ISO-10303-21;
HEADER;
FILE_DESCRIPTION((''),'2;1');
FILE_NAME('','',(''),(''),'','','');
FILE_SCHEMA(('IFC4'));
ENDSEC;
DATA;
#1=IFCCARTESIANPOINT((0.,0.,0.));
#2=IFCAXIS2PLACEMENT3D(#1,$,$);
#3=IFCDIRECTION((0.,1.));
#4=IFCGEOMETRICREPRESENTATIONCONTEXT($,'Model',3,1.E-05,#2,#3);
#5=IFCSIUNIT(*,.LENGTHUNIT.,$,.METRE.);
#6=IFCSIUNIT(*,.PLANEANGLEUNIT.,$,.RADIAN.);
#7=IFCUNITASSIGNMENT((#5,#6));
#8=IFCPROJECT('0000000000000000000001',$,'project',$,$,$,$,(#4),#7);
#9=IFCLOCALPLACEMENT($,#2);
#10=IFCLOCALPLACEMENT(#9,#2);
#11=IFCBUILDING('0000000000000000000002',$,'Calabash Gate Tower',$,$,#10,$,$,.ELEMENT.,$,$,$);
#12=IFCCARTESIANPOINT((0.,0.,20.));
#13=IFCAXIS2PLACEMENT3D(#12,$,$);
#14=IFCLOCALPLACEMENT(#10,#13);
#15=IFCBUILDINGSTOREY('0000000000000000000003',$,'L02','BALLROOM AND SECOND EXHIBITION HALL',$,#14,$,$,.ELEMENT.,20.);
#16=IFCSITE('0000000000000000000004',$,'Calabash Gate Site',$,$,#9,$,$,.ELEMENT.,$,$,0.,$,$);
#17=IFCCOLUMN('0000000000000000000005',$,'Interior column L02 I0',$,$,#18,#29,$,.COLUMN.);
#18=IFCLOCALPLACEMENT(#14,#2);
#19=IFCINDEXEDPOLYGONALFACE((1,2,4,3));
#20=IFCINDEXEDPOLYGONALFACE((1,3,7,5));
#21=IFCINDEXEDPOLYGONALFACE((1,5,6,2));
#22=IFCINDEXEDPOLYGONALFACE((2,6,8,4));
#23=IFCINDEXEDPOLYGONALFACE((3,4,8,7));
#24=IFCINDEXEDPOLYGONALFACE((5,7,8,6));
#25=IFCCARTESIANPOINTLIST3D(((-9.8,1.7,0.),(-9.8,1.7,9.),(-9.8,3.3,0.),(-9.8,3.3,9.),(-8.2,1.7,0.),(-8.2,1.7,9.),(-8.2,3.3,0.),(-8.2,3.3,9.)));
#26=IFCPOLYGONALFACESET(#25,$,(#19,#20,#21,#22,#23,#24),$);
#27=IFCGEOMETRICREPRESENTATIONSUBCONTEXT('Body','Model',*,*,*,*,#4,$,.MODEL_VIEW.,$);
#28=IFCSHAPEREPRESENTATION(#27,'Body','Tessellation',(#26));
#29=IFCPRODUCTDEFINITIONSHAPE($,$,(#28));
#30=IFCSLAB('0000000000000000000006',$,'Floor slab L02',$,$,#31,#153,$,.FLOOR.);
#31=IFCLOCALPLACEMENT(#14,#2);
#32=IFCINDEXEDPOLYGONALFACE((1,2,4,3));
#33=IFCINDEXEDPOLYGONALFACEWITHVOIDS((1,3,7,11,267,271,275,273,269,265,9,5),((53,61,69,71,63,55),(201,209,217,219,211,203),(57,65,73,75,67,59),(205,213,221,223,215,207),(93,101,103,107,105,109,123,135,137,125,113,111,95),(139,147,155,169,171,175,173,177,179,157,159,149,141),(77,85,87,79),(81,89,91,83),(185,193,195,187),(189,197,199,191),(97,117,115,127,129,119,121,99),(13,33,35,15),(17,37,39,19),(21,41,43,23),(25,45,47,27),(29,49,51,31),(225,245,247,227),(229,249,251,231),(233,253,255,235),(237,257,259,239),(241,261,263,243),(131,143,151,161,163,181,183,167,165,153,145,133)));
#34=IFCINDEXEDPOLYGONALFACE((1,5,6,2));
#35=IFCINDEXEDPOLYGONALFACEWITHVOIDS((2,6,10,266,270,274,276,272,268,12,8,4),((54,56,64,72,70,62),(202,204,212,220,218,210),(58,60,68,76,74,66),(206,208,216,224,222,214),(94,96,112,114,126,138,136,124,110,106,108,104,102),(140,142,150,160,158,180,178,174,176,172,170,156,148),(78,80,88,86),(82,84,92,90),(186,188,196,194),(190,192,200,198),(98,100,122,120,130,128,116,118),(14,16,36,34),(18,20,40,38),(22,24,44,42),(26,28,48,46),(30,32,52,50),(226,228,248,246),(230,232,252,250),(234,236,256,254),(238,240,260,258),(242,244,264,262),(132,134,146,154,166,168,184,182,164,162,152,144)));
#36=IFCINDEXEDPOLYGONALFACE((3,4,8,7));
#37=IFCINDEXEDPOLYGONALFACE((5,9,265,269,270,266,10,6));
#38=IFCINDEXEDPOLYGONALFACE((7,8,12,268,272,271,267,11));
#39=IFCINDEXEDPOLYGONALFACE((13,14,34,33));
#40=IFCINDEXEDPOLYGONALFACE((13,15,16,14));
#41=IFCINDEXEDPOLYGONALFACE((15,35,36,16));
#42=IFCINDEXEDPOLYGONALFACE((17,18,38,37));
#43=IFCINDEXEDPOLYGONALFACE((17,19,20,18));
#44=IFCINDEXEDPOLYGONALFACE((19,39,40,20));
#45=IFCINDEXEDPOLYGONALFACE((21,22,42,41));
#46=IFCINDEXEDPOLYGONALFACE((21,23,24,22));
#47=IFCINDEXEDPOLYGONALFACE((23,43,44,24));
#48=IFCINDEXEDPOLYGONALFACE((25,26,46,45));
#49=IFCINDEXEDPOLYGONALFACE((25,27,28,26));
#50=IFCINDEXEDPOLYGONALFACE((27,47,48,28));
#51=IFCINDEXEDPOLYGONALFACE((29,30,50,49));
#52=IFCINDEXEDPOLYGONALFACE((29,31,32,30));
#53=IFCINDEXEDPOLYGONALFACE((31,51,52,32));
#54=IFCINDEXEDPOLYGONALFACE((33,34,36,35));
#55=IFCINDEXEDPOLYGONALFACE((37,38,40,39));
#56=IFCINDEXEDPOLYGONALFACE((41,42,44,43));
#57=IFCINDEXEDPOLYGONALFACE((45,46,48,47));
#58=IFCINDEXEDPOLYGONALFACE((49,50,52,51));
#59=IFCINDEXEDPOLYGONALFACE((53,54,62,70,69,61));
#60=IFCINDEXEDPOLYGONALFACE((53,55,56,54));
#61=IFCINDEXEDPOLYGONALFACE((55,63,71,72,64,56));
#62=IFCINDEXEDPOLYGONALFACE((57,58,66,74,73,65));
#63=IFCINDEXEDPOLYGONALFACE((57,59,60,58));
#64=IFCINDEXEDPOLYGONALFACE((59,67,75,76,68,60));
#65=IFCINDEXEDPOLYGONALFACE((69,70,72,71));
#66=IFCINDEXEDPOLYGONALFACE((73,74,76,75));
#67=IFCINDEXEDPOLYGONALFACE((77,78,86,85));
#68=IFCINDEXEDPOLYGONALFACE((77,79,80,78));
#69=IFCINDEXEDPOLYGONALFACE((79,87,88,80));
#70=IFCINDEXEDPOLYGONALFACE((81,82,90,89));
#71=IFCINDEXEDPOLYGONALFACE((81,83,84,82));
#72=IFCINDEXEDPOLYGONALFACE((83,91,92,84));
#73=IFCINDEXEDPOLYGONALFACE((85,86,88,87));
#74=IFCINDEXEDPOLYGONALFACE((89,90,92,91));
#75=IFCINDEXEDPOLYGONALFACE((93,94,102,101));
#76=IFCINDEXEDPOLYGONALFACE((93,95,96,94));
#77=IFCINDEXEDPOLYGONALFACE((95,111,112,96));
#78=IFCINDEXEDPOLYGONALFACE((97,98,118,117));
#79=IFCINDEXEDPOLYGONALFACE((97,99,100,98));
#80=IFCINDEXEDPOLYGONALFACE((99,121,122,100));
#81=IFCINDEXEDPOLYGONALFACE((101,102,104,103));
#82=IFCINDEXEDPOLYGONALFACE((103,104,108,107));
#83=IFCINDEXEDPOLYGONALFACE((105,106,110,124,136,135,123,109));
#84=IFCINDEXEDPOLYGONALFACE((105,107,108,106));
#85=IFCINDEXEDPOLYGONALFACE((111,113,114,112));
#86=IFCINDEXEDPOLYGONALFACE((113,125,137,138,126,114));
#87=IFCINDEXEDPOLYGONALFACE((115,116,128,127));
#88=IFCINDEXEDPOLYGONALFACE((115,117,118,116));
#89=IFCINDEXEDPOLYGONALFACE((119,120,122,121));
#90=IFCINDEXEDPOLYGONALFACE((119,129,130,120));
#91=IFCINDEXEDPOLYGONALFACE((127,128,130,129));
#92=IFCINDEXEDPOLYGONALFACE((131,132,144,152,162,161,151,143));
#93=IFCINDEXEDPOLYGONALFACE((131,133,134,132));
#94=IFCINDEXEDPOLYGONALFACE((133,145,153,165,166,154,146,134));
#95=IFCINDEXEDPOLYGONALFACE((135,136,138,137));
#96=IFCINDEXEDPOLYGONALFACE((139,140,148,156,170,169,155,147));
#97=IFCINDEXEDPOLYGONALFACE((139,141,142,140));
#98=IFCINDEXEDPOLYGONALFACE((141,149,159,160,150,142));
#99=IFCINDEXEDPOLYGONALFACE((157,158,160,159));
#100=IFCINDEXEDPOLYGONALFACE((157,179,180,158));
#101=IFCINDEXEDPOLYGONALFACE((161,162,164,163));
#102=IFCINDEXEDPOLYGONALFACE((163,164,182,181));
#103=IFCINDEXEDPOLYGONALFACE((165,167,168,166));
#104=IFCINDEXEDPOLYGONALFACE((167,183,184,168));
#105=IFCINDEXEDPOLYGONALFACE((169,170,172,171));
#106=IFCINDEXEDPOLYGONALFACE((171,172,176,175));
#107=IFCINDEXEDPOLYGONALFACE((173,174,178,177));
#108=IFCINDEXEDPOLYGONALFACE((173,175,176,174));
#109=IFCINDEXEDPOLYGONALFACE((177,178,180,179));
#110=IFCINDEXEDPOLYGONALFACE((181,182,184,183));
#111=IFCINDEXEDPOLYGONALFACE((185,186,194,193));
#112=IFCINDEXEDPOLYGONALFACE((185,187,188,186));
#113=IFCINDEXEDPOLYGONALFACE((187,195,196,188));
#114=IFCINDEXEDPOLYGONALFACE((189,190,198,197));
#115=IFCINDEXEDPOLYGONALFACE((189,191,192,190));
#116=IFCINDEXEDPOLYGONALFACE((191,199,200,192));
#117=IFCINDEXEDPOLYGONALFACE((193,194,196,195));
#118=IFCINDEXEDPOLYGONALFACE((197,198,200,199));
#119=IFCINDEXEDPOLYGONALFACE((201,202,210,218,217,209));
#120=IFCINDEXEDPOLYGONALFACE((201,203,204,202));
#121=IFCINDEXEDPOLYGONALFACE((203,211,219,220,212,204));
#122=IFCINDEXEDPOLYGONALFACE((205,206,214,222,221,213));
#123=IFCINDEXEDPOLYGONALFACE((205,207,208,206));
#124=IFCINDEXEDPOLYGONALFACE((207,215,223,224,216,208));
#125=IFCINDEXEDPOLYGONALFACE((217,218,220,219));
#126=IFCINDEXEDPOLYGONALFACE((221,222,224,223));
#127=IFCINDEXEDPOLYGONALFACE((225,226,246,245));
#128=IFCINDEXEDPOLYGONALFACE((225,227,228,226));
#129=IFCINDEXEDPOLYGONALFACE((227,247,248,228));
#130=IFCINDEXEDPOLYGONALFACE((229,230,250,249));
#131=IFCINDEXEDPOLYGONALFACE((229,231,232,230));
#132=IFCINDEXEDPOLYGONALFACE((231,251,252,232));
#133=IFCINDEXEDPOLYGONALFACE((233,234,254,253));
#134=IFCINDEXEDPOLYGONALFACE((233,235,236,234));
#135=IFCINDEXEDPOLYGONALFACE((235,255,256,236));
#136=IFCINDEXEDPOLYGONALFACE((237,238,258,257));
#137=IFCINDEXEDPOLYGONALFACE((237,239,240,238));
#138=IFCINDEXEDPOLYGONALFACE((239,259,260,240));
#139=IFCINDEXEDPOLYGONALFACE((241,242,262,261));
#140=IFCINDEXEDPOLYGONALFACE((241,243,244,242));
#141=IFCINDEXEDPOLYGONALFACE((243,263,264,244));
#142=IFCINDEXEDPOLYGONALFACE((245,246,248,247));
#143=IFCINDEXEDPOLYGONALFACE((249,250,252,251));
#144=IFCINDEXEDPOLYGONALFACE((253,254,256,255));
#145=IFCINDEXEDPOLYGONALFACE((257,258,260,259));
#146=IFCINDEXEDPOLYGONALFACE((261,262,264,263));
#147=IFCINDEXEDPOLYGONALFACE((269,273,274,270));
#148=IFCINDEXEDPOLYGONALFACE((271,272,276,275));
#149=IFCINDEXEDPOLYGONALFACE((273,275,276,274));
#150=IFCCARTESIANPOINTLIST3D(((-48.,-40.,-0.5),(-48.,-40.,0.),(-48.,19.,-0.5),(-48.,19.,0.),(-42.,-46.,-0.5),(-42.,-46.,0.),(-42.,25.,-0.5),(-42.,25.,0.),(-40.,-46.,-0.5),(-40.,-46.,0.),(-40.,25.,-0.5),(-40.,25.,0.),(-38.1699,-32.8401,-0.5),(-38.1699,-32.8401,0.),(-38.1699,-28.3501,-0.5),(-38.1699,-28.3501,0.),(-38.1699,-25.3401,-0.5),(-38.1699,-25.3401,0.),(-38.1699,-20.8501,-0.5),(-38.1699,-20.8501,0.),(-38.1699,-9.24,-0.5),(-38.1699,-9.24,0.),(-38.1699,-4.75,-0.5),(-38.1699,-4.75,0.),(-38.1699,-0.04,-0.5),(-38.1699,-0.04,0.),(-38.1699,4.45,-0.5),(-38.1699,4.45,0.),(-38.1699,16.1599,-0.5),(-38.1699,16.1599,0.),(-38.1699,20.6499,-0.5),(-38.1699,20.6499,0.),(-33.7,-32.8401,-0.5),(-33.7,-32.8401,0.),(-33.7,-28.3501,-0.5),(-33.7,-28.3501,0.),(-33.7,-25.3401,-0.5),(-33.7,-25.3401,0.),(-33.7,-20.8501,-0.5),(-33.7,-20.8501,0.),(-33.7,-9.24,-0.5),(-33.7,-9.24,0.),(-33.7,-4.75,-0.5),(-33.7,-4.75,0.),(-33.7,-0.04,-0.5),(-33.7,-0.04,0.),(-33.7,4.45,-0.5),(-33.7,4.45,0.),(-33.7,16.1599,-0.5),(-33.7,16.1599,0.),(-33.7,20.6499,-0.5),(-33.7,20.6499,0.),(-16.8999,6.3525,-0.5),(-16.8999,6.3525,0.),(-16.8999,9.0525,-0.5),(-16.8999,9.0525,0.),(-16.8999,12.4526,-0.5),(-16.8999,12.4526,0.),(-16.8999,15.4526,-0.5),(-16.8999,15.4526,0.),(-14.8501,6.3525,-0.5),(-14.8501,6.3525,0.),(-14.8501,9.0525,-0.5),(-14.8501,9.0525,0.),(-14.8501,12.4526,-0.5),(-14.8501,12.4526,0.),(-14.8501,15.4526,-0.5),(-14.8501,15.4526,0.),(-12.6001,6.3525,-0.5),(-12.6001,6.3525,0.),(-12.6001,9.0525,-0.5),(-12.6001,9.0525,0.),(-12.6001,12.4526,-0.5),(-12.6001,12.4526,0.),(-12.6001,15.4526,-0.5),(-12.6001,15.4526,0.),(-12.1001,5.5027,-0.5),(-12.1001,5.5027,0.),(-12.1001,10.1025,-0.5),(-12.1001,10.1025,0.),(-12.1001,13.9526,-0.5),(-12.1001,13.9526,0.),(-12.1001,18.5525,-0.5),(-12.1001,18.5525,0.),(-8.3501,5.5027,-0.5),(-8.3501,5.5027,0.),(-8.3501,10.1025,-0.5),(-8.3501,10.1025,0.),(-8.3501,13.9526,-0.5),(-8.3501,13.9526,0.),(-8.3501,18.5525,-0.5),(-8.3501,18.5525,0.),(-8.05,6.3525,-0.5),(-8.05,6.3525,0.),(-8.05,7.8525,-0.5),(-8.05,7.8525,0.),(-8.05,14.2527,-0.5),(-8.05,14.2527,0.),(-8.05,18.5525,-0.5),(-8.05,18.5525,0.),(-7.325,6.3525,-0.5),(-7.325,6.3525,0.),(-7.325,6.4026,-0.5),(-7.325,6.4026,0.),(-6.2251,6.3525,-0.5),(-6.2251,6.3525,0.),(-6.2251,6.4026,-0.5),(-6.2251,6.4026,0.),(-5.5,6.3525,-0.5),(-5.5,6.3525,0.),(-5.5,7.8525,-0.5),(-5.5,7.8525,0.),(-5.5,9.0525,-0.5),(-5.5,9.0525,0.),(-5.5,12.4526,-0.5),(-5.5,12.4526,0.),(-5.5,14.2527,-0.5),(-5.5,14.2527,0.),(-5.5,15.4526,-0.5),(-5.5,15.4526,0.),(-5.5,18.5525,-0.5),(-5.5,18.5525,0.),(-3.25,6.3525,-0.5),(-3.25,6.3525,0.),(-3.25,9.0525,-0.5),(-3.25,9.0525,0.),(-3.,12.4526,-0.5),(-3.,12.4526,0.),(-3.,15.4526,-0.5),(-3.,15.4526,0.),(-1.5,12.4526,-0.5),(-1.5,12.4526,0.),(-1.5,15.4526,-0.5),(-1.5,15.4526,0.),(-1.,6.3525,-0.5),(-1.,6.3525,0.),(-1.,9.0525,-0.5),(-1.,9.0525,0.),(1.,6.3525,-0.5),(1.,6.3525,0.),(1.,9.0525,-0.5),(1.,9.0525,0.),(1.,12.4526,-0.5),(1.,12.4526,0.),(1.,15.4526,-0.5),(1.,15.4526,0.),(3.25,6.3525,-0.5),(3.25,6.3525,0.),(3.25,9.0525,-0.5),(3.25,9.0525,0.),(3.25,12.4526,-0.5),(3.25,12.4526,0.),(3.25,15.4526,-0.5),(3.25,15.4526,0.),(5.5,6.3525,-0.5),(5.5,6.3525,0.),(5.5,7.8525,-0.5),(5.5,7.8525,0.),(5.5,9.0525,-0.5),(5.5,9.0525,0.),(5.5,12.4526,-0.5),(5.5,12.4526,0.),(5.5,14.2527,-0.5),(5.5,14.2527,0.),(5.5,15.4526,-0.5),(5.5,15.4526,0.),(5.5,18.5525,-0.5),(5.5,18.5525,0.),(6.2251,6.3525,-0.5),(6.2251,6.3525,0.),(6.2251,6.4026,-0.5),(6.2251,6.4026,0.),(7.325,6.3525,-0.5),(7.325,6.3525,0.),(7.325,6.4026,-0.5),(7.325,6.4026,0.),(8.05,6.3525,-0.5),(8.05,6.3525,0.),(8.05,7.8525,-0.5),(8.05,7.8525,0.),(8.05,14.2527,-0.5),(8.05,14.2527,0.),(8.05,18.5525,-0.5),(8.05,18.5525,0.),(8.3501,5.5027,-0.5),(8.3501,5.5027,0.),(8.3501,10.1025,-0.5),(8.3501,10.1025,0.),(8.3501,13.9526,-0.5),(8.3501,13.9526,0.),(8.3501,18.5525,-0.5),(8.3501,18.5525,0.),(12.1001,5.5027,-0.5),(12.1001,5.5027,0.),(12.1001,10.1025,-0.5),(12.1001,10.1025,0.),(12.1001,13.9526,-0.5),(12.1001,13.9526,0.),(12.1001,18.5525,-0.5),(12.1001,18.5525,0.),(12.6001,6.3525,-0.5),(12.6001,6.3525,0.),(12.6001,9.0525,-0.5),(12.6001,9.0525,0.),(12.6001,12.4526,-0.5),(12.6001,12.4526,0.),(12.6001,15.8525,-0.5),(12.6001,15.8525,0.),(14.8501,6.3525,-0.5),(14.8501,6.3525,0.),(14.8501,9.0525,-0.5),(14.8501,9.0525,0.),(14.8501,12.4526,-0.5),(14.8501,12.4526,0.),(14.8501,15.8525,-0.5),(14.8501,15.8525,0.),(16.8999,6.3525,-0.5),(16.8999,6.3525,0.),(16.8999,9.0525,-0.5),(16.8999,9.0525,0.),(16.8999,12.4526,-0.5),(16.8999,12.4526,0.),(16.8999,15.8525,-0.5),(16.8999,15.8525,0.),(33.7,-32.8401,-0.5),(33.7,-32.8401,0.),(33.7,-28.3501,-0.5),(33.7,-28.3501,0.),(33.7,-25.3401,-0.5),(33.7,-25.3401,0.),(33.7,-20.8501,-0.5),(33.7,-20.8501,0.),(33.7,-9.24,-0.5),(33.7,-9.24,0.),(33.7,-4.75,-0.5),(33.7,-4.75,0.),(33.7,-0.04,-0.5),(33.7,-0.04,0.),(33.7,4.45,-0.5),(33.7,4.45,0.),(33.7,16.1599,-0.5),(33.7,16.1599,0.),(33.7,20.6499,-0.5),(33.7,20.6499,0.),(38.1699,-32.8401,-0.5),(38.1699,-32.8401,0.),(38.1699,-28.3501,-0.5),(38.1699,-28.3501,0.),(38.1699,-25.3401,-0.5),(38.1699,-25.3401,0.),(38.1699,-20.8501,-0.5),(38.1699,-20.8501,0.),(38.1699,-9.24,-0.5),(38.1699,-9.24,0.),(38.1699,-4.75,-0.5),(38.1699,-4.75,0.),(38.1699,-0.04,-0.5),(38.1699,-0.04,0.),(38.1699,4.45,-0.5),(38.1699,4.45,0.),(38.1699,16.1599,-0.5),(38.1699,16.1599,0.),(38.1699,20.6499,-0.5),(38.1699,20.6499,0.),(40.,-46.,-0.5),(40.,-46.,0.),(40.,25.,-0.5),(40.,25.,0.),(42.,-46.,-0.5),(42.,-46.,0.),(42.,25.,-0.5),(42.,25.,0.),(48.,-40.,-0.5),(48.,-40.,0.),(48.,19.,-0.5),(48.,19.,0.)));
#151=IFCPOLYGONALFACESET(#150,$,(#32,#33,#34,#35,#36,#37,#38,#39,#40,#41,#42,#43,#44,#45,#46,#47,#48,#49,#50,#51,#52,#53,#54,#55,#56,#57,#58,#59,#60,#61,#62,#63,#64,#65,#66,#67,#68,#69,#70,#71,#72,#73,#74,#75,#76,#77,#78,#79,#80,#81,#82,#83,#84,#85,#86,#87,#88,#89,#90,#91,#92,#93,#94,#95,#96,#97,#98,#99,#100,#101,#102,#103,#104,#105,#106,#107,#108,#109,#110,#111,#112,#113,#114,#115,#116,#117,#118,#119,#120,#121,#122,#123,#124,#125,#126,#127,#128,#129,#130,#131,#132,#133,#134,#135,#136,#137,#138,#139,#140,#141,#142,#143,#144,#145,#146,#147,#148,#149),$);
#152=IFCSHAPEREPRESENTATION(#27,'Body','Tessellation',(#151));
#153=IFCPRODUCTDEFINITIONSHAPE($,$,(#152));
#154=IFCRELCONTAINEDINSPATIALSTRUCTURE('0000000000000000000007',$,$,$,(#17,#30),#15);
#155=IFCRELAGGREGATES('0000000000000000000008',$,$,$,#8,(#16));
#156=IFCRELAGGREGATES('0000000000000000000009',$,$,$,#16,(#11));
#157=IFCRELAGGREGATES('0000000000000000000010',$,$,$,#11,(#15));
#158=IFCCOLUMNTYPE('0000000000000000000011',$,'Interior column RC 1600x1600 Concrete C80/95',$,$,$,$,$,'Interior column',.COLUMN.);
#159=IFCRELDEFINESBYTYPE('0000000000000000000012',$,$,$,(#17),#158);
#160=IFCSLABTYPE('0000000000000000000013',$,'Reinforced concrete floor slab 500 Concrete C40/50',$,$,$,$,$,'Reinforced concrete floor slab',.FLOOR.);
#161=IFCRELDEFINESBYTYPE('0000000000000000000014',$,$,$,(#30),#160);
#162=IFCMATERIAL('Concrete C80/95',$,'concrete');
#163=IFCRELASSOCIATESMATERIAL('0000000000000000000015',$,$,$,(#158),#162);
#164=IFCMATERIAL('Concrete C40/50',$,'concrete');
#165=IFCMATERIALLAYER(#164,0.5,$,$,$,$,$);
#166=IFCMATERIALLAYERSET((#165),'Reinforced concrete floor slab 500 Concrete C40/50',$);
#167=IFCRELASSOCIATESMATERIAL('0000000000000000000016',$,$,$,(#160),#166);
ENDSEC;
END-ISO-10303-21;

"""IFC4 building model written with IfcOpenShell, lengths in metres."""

from ifc_helpers import new_model, si_unit, direction, frame, origin, origin_2d, place, context, subcontext, project, spatial, polyline, rectangle, outline, extrude, material, layer, layer_set, material_profile, profile_set, type_object, element, save


model = new_model("IFC4")

# Units and contexts
model_context = context("Model", 3, precision=1e-05, world=origin(), true_north=direction((0.0, 1.0)))
body_context = subcontext(model_context, "Body", "Model", "MODEL_VIEW")
ifc_project = project(units=[si_unit("LENGTHUNIT", "METRE"), si_unit("PLANEANGLEUNIT", "RADIAN")], contexts=[model_context])

# Site, building, storey
site_placement = place(None, origin())
site = spatial("IfcSite", under=ifc_project, at=site_placement, Name="Calabash Gate Site", CompositionType="ELEMENT", RefElevation=0.0)
building_placement = place(site_placement, origin())
building = spatial("IfcBuilding", under=site, at=building_placement, Name="Calabash Gate Tower", CompositionType="ELEMENT")
storey_placement = place(building_placement, frame((0.0, 0.0, 20.0)))
storey = spatial("IfcBuildingStorey", under=building, at=storey_placement, Name="L02", Description="BALLROOM AND SECOND EXHIBITION HALL", CompositionType="ELEMENT", Elevation=20.0)

# Column
ifc_material_1 = material(Name="Concrete C80/95", Category="concrete")
ifc_material_profile = material_profile(ifc_material_1, rectangle(XDim=1.6001, YDim=1.6001, at=origin_2d()))
ifc_profile_set = profile_set([ifc_material_profile], Name="Concrete C80/95")
column_type = type_object("IfcColumnType", Name="Interior column RC 1600x1600 Concrete C80/95", ElementType="Interior column", PredefinedType="COLUMN", material=ifc_profile_set)
column_placement = place(storey_placement, frame((-9.0, 2.5, 0.0), z_axis=(0.0, 0.0, 1.0), x_axis=(1.0, 0.0, 0.0)))
element("IfcColumn", 1, at=column_placement, inside=storey, type_object=column_type, Name="Interior column L02 I0", PredefinedType="COLUMN", context=body_context, shape_type="SweptSolid", body=[
    extrude(rectangle(XDim=1.6001, YDim=1.6001, at=origin_2d()), origin(), (0.0, 0.0, 1.0), 9.0),
])

# Slab
ifc_material_2 = material(Name="Concrete C40/50", Category="concrete")
ifc_layer_1 = layer(ifc_material_2, 0.5)
ifc_layer_set_1 = layer_set([ifc_layer_1], Name="Reinforced concrete floor slab 500 Concrete C40/50")
slab_type_1 = type_object("IfcSlabType", Name="Reinforced concrete floor slab 500 Concrete C40/50", ElementType="Reinforced concrete floor slab", PredefinedType="FLOOR", material=ifc_layer_set_1)
slab_1_placement = place(storey_placement, frame((0.0, 0.0, -0.5)))
element("IfcSlab", 2, at=slab_1_placement, inside=storey, type_object=slab_type_1, Name="Floor slab L02", PredefinedType="FLOOR", context=body_context, shape_type="SweptSolid", body=[
    extrude(outline(polyline([(42.0, -46.0), (40.0, -46.0), (-40.0, -46.0), (-42.0, -46.0), (-48.0, -40.0), (-48.0, 19.0), (-42.0, 25.0), (-40.0, 25.0), (40.0, 25.0), (42.0, 25.0), (48.0, 19.0), (48.0, -40.0), (42.0, -46.0)]), holes=[polyline([(-1.0, 6.3525), (-1.0, 9.0525), (-3.25, 9.0525), (-5.5, 9.0525), (-5.5, 7.8525), (-8.05, 7.8525), (-8.05, 6.3525), (-7.325, 6.3525), (-7.325, 6.4026), (-6.2251, 6.4026), (-6.2251, 6.3525), (-5.5, 6.3525), (-3.25, 6.3525), (-1.0, 6.3525)]), polyline([(8.05, 6.3525), (8.05, 7.8525), (5.5, 7.8525), (5.5, 9.0525), (3.25, 9.0525), (1.0, 9.0525), (1.0, 6.3525), (3.25, 6.3525), (5.5, 6.3525), (6.2251, 6.3525), (6.2251, 6.4026), (7.325, 6.4026), (7.325, 6.3525), (8.05, 6.3525)]), polyline([(-3.0, 12.4526), (-3.0, 15.4526), (-5.5, 15.4526), (-5.5, 18.5525), (-8.05, 18.5525), (-8.05, 14.2527), (-5.5, 14.2527), (-5.5, 12.4526), (-3.0, 12.4526)]), polyline([(5.5, 14.2527), (8.05, 14.2527), (8.05, 18.5525), (5.5, 18.5525), (5.5, 15.4526), (3.25, 15.4526), (1.0, 15.4526), (-1.5, 15.4526), (-1.5, 12.4526), (1.0, 12.4526), (3.25, 12.4526), (5.5, 12.4526), (5.5, 14.2527)]), polyline([(-16.8999, 6.3525), (-14.8501, 6.3525), (-12.6001, 6.3525), (-12.6001, 9.0525), (-14.8501, 9.0525), (-16.8999, 9.0525), (-16.8999, 6.3525)]), polyline([(-16.8999, 15.4526), (-16.8999, 12.4526), (-14.8501, 12.4526), (-12.6001, 12.4526), (-12.6001, 15.4526), (-14.8501, 15.4526), (-16.8999, 15.4526)]), polyline([(12.6001, 9.0525), (12.6001, 6.3525), (14.8501, 6.3525), (16.8999, 6.3525), (16.8999, 9.0525), (14.8501, 9.0525), (12.6001, 9.0525)]), polyline([(12.6001, 15.8525), (12.6001, 12.4526), (14.8501, 12.4526), (16.8999, 12.4526), (16.8999, 15.8525), (14.8501, 15.8525), (12.6001, 15.8525)]), polyline([(-12.1001, 13.9526), (-8.3501, 13.9526), (-8.3501, 18.5525), (-12.1001, 18.5525), (-12.1001, 13.9526)]), polyline([(-8.3501, 5.5027), (-8.3501, 10.1025), (-12.1001, 10.1025), (-12.1001, 5.5027), (-8.3501, 5.5027)]), polyline([(12.1001, 18.5525), (8.3501, 18.5525), (8.3501, 13.9526), (12.1001, 13.9526), (12.1001, 18.5525)]), polyline([(8.3501, 10.1025), (8.3501, 5.5027), (12.1001, 5.5027), (12.1001, 10.1025), (8.3501, 10.1025)]), polyline([(-33.7, -28.3501), (-38.1699, -28.3501), (-38.1699, -32.8401), (-33.7, -32.8401), (-33.7, -28.3501)]), polyline([(-33.7, -25.3401), (-33.7, -20.8501), (-38.1699, -20.8501), (-38.1699, -25.3401), (-33.7, -25.3401)]), polyline([(-38.1699, -9.24), (-33.7, -9.24), (-33.7, -4.75), (-38.1699, -4.75), (-38.1699, -9.24)]), polyline([(-38.1699, 4.45), (-38.1699, -0.04), (-33.7, -0.04), (-33.7, 4.45), (-38.1699, 4.45)]), polyline([(-33.7, 20.6499), (-38.1699, 20.6499), (-38.1699, 16.1599), (-33.7, 16.1599), (-33.7, 20.6499)]), polyline([(38.1699, -32.8401), (38.1699, -28.3501), (33.7, -28.3501), (33.7, -32.8401), (38.1699, -32.8401)]), polyline([(33.7, -25.3401), (38.1699, -25.3401), (38.1699, -20.8501), (33.7, -20.8501), (33.7, -25.3401)]), polyline([(33.7, -4.75), (33.7, -9.24), (38.1699, -9.24), (38.1699, -4.75), (33.7, -4.75)]), polyline([(38.1699, 4.45), (33.7, 4.45), (33.7, -0.04), (38.1699, -0.04), (38.1699, 4.45)]), polyline([(38.1699, 16.1599), (38.1699, 20.6499), (33.7, 20.6499), (33.7, 16.1599), (38.1699, 16.1599)])]), origin(), (0.0, 0.0, 1.0), 0.5),
])

save(model, "model.ifc")
